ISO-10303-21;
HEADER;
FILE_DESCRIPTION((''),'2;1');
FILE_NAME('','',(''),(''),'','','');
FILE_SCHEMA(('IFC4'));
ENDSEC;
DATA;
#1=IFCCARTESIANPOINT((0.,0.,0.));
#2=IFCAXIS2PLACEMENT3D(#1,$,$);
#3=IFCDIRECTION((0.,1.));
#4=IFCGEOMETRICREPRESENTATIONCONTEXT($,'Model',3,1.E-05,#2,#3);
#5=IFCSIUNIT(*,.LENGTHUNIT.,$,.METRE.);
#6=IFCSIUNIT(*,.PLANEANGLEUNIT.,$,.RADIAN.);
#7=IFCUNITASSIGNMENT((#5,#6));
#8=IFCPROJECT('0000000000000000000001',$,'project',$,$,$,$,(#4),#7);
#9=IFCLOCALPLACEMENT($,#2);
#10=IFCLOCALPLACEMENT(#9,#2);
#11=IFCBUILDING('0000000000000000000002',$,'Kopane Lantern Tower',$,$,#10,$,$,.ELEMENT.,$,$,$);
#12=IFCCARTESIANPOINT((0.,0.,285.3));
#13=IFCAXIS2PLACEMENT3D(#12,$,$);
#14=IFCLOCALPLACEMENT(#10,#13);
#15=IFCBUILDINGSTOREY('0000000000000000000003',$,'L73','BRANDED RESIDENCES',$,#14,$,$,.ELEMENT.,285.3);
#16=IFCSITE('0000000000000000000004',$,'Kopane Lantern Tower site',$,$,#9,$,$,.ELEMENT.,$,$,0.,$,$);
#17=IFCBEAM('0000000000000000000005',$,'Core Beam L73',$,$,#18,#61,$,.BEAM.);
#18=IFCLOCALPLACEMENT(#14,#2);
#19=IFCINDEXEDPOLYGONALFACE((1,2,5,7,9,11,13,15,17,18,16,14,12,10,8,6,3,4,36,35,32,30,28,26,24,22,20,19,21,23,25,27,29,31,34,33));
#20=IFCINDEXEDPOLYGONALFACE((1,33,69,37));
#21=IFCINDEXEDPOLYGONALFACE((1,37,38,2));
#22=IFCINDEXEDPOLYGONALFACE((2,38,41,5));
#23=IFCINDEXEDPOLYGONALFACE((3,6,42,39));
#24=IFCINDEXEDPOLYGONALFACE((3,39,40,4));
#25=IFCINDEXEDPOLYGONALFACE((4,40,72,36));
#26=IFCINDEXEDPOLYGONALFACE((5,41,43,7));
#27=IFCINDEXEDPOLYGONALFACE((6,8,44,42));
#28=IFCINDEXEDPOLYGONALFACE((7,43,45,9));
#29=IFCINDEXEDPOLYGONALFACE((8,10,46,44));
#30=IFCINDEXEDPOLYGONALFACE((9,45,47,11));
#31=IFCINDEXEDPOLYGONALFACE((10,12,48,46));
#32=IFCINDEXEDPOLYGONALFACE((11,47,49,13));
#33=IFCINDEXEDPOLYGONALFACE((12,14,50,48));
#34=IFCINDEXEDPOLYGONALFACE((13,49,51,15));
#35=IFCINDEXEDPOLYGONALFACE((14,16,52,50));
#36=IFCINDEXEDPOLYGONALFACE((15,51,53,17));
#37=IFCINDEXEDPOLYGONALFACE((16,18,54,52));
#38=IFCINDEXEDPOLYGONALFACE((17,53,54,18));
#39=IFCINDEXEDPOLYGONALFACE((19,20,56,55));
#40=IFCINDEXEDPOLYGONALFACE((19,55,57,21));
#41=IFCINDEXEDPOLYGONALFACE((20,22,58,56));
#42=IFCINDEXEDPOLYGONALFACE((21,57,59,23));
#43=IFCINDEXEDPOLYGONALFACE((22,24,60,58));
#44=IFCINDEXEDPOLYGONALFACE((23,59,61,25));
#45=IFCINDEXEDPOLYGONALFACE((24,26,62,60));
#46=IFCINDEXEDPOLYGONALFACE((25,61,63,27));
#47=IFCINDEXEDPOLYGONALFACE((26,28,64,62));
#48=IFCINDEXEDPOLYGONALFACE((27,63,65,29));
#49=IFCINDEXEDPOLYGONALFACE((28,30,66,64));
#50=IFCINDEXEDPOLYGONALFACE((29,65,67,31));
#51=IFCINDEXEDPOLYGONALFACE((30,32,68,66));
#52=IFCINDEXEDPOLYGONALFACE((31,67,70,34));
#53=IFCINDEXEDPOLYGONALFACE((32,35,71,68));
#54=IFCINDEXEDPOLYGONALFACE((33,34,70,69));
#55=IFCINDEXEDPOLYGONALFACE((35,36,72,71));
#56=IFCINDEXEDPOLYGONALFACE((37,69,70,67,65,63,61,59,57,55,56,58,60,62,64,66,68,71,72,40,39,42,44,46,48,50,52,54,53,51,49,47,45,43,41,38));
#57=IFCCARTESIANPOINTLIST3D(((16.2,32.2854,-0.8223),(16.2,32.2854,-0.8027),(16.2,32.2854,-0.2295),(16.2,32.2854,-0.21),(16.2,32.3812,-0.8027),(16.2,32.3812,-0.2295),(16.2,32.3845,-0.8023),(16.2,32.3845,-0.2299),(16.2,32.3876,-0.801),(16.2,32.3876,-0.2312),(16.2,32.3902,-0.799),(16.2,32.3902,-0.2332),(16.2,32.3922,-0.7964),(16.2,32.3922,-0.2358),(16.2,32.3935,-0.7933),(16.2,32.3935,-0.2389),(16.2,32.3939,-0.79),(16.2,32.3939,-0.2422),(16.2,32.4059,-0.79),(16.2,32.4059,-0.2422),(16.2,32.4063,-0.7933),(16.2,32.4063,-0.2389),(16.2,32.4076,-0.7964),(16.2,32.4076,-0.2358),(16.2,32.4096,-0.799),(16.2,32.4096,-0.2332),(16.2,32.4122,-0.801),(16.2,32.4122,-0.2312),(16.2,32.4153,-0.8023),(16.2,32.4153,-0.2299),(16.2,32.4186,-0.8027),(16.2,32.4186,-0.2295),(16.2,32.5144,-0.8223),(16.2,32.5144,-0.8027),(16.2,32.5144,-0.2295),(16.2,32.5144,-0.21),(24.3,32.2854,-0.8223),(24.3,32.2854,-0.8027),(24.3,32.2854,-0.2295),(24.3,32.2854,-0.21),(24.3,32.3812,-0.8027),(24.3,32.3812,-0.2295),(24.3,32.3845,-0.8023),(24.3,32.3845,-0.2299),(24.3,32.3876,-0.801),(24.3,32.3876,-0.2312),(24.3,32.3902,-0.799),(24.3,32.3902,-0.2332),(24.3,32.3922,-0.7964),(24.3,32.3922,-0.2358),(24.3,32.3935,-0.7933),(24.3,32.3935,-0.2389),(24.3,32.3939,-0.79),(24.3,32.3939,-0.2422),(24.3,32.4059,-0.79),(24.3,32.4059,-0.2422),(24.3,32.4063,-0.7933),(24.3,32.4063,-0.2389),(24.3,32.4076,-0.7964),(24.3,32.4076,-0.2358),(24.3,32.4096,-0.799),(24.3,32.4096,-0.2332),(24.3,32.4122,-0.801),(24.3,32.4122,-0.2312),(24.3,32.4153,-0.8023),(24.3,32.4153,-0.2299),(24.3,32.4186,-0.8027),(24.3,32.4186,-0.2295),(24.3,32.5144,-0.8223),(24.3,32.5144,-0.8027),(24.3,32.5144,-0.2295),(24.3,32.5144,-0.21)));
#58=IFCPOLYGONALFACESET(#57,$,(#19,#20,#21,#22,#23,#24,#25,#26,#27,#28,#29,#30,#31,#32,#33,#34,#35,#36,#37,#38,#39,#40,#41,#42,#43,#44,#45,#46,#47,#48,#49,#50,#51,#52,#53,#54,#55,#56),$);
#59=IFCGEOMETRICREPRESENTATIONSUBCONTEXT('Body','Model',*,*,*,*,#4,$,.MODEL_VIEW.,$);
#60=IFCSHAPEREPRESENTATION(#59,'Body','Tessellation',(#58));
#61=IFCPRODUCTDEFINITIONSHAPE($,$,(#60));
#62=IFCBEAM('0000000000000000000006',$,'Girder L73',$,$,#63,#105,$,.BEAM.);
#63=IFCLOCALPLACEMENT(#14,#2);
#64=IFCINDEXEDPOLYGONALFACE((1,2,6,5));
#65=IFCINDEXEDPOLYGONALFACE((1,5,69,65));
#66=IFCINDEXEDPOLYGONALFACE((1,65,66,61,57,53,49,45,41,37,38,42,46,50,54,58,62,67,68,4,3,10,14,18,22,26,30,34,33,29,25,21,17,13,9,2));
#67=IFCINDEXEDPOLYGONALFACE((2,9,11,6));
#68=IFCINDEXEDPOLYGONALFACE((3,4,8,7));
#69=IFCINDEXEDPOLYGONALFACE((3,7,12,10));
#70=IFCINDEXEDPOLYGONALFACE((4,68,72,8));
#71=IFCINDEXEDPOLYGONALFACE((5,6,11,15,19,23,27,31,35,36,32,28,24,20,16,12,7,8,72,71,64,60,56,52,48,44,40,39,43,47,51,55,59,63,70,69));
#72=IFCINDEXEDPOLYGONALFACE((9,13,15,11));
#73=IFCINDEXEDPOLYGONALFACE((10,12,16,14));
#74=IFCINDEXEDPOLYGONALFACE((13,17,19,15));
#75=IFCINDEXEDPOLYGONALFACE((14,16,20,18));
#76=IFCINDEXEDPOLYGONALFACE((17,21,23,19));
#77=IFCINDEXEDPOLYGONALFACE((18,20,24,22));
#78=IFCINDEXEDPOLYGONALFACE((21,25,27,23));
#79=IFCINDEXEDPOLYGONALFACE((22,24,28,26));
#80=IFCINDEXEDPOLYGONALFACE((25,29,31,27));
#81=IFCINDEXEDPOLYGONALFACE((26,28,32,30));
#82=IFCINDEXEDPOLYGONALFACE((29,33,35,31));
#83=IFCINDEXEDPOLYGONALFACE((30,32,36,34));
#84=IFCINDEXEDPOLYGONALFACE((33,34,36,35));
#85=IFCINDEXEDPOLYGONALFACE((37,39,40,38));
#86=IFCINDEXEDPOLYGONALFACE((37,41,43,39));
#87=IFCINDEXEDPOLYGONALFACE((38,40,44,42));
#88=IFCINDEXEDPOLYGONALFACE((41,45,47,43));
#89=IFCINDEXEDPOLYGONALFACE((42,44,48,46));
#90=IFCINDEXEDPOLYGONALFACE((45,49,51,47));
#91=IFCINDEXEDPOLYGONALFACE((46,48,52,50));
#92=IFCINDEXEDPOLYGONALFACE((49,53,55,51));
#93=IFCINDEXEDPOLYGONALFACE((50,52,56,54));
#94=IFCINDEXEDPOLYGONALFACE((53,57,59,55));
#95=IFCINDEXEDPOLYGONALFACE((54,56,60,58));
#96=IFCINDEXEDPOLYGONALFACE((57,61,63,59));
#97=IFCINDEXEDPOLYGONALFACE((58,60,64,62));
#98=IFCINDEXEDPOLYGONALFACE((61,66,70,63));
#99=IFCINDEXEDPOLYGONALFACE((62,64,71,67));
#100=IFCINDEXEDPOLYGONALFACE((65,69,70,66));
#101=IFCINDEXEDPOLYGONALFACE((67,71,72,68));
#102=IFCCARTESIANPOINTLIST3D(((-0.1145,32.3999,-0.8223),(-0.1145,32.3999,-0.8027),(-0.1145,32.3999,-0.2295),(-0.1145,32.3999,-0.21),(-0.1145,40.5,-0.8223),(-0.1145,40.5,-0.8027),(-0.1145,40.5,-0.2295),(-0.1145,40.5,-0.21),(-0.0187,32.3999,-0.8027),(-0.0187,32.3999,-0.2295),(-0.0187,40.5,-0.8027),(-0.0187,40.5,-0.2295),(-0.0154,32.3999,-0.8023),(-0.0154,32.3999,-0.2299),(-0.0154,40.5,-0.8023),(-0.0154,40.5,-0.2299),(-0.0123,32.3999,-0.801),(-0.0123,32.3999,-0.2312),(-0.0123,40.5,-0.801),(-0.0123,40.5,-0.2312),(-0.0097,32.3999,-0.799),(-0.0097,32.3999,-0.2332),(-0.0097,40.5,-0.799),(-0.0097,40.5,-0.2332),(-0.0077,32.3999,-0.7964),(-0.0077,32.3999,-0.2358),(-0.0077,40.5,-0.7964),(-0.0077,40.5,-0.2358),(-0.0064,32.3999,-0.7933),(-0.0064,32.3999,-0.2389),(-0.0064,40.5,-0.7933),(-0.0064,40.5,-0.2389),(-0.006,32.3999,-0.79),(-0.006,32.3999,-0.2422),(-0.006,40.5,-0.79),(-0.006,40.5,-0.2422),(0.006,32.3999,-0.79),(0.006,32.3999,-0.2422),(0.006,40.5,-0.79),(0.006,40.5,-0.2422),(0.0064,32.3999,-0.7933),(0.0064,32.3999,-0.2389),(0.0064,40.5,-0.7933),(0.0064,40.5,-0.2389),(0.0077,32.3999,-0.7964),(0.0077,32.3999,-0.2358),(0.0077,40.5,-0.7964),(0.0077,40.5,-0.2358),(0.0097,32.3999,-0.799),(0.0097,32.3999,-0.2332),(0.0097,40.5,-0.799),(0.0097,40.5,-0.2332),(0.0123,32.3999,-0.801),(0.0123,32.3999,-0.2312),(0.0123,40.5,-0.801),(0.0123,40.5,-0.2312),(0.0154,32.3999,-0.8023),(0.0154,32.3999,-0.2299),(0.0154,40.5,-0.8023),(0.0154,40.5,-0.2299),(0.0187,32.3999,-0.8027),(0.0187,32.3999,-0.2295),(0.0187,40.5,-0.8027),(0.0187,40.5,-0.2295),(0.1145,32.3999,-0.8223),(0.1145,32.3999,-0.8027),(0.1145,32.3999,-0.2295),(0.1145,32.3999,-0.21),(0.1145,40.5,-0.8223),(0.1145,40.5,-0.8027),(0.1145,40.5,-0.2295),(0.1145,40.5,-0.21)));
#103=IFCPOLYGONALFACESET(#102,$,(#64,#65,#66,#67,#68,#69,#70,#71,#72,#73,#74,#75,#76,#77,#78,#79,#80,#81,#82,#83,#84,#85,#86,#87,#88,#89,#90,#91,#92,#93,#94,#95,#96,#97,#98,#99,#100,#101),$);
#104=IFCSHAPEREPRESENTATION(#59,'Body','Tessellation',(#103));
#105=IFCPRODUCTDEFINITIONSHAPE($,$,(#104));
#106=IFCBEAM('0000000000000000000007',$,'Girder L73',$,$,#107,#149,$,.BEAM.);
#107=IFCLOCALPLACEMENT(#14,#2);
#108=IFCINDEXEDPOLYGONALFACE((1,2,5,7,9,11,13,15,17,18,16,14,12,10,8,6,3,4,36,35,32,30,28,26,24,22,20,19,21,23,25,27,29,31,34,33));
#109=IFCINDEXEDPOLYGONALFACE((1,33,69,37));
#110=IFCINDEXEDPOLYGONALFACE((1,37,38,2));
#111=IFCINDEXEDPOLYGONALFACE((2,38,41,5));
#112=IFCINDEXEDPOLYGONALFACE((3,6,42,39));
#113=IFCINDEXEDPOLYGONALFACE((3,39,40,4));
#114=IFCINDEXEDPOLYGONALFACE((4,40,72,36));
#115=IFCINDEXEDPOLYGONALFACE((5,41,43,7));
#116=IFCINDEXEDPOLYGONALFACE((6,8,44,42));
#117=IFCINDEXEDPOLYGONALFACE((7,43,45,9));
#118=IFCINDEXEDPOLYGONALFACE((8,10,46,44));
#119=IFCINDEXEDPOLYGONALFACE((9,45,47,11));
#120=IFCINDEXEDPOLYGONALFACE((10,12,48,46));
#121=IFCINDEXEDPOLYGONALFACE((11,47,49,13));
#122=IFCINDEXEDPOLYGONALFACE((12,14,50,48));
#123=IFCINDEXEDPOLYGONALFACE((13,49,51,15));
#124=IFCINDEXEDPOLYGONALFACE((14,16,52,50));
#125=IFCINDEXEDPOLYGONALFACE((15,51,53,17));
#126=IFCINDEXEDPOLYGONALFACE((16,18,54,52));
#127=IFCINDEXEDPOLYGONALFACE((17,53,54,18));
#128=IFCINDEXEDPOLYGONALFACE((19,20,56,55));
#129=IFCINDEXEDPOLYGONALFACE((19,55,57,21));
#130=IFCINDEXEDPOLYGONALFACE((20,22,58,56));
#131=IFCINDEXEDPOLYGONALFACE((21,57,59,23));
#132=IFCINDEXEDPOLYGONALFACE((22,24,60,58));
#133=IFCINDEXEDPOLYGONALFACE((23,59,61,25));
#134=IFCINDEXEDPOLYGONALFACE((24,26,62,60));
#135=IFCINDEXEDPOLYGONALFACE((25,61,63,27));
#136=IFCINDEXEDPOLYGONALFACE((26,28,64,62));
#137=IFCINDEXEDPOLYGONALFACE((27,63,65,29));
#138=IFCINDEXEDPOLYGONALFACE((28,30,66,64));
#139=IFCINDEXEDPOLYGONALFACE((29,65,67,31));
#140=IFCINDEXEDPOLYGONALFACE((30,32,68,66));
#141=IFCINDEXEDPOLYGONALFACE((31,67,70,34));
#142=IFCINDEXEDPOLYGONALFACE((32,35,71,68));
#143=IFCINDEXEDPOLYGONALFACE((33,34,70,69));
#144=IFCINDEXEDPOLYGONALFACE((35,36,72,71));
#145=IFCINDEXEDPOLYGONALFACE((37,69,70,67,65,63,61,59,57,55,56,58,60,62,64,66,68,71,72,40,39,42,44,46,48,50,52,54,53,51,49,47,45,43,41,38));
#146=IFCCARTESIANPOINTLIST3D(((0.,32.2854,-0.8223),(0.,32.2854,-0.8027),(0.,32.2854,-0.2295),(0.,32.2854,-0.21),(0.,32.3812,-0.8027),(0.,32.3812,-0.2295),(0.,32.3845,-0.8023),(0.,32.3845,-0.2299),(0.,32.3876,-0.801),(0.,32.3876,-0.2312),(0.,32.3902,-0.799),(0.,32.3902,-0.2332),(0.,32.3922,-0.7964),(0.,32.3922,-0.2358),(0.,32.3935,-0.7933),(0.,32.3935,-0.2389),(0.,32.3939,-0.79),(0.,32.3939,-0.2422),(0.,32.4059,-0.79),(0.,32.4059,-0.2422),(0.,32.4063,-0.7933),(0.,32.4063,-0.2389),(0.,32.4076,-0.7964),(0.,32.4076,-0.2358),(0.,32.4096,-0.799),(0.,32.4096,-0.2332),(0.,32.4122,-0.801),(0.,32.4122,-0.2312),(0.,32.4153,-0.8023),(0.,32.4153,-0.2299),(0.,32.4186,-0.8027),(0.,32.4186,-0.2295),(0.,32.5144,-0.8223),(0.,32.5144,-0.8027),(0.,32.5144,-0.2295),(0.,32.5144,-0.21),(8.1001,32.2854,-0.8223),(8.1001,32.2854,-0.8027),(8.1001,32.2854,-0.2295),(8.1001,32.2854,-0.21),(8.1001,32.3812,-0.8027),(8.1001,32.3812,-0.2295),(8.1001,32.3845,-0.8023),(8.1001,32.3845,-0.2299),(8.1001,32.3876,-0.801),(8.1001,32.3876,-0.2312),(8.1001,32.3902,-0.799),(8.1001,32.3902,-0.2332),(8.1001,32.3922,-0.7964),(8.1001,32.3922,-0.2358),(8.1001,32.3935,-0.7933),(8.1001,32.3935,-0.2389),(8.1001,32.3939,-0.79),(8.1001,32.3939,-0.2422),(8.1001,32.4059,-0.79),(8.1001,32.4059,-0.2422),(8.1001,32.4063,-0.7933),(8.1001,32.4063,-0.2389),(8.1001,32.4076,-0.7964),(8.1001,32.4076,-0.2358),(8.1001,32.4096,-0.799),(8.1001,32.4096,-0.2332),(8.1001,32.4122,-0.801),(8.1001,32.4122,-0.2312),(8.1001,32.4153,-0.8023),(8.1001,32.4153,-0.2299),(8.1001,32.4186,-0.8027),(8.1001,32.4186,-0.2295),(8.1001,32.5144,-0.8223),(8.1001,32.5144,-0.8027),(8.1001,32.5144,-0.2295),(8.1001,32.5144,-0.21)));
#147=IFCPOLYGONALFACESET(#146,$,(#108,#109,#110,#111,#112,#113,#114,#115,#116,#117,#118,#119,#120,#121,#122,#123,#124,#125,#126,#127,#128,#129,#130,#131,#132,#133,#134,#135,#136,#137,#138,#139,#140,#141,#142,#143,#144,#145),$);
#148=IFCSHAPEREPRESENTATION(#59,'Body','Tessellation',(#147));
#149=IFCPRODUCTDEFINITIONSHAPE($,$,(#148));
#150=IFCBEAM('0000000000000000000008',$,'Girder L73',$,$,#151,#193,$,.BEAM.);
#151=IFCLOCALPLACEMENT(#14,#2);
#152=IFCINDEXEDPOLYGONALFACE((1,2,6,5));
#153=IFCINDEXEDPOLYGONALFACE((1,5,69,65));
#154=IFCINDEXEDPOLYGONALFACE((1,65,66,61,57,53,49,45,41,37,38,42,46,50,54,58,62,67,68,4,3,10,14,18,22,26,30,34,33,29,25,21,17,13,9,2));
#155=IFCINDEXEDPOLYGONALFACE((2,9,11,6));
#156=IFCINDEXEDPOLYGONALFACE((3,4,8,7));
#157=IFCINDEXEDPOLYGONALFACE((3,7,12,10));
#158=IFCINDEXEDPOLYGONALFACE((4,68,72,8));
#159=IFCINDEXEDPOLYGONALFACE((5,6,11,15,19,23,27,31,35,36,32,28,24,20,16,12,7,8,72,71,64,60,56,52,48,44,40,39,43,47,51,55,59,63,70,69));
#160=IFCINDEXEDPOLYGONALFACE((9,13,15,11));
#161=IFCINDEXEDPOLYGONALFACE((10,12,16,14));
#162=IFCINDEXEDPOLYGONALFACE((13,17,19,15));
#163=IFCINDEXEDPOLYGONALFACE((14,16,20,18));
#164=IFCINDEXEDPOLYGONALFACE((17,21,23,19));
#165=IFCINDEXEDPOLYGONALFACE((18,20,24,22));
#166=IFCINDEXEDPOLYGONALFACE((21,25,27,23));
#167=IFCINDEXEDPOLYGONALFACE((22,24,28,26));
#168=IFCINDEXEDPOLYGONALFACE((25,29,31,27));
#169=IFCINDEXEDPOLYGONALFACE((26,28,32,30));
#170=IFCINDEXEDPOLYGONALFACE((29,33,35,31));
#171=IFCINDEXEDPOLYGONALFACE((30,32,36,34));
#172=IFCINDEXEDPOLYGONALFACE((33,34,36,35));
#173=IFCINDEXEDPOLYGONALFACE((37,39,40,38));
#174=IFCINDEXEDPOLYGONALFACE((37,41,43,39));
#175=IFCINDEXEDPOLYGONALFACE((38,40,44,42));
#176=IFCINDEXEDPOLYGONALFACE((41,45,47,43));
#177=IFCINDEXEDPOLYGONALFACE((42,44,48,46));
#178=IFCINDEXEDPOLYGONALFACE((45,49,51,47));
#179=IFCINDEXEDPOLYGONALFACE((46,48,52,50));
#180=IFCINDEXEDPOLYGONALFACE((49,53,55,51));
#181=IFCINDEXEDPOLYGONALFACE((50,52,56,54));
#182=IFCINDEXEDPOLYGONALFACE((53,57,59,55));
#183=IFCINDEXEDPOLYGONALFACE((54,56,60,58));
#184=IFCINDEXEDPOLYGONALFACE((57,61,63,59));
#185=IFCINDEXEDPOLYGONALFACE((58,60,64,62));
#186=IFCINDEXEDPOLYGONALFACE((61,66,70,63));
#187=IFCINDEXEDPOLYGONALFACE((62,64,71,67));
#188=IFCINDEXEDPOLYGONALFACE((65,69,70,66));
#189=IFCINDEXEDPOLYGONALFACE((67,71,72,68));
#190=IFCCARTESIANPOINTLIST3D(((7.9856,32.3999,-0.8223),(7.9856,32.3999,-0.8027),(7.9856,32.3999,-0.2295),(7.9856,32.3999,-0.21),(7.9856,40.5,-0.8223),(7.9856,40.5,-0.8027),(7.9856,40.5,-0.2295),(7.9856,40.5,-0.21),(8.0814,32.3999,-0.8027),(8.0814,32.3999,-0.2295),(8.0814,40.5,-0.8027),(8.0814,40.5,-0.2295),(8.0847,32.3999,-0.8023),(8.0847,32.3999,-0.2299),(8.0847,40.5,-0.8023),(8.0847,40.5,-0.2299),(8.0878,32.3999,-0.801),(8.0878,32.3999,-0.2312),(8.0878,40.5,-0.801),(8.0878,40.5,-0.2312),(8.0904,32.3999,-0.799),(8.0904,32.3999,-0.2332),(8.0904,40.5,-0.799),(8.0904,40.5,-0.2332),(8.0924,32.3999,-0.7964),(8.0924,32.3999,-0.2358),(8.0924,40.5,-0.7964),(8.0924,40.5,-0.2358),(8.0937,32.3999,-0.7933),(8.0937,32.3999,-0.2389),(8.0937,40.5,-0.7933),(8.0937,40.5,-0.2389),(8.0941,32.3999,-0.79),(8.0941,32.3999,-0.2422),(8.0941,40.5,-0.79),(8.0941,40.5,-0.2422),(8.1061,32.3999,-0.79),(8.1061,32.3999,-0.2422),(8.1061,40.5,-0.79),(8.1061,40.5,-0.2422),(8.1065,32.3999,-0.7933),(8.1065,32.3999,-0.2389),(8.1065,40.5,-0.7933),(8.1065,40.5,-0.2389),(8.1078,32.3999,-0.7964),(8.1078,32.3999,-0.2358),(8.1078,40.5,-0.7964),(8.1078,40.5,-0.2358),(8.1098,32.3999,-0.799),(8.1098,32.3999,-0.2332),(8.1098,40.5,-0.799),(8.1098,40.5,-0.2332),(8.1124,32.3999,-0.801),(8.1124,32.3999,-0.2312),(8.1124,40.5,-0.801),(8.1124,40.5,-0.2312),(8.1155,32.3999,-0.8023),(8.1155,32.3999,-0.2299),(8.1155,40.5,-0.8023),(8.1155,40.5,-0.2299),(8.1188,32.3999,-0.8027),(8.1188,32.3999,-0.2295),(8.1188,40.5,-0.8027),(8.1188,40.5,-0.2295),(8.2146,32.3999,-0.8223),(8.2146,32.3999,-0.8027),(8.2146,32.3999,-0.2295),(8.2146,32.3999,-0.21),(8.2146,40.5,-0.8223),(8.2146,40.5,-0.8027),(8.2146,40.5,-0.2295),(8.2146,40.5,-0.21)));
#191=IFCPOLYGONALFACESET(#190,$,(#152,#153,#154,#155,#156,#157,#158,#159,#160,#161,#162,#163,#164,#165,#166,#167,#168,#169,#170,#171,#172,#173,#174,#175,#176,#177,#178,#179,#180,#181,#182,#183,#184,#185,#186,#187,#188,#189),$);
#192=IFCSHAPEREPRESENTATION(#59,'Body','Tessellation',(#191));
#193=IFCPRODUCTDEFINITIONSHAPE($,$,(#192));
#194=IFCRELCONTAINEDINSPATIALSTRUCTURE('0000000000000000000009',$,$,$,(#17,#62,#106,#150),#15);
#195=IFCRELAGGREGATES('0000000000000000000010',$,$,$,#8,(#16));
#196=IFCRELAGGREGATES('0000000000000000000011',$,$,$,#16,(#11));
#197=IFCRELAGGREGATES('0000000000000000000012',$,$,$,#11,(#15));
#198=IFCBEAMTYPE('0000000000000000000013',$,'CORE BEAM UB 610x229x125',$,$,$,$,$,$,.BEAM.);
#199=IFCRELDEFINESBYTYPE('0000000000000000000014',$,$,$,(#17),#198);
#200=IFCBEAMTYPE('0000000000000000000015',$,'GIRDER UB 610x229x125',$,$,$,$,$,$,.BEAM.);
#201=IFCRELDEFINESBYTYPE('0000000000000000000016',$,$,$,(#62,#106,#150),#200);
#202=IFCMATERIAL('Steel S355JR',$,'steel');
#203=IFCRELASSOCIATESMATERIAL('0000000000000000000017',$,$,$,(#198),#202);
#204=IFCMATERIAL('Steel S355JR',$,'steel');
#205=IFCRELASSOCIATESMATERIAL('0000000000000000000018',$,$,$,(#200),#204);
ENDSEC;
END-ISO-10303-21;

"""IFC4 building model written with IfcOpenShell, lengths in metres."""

from ifc_helpers import new_model, si_unit, direction, frame, origin, origin_2d, place, context, subcontext, project, spatial, i_section, extrude, material, material_profile, profile_set, type_object, element, save


model = new_model("IFC4")

# Units and contexts
model_context = context("Model", 3, precision=1e-05, world=origin(), true_north=direction((0.0, 1.0)))
body_context = subcontext(model_context, "Body", "Model", "MODEL_VIEW")
ifc_project = project(units=[si_unit("LENGTHUNIT", "METRE"), si_unit("PLANEANGLEUNIT", "RADIAN")], contexts=[model_context])

# Site, building, storey
site_placement = place(None, origin())
site = spatial("IfcSite", under=ifc_project, at=site_placement, Name="Kopane Lantern Tower site", CompositionType="ELEMENT", RefElevation=0.0)
building_placement = place(site_placement, origin())
building = spatial("IfcBuilding", under=site, at=building_placement, Name="Kopane Lantern Tower", CompositionType="ELEMENT")
storey_placement = place(building_placement, frame((0.0, 0.0, 285.3)))
storey = spatial("IfcBuildingStorey", under=building, at=storey_placement, Name="L73", Description="BRANDED RESIDENCES", CompositionType="ELEMENT", Elevation=285.3)

# Beams
ifc_material_1 = material(Name="Steel S355JR", Category="steel")
ifc_material_profile_1 = material_profile(ifc_material_1, i_section(OverallWidth=0.229, OverallDepth=0.6123, WebThickness=0.012, FlangeThickness=0.0195, FilletRadius=0.0127, at=origin_2d()), Name="UB 610x229x125")
ifc_profile_set_1 = profile_set([ifc_material_profile_1], Name="Steel S355JR")
beam_type_1 = type_object("IfcBeamType", Name="CORE BEAM UB 610x229x125", PredefinedType="BEAM", material=ifc_profile_set_1)
beam_1_placement = place(storey_placement, frame((16.2, 32.3999, -0.5161), z_axis=(1.0, 0.0, 0.0), x_axis=(0.0, 1.0, 0.0)))
element("IfcBeam", 1, at=beam_1_placement, inside=storey, type_object=beam_type_1, Name="Core Beam L73", PredefinedType="BEAM", context=body_context, shape_type="SweptSolid", body=[
    extrude(i_section(OverallWidth=0.229, OverallDepth=0.6123, WebThickness=0.012, FlangeThickness=0.0195, FilletRadius=0.0127, at=origin_2d()), origin(), (0.0, 0.0, 1.0), 8.1001),
])
ifc_material_2 = material(Name="Steel S355JR", Category="steel")
ifc_material_profile_2 = material_profile(ifc_material_2, i_section(OverallWidth=0.229, OverallDepth=0.6123, WebThickness=0.012, FlangeThickness=0.0195, FilletRadius=0.0127, at=origin_2d()), Name="UB 610x229x125")
ifc_profile_set_2 = profile_set([ifc_material_profile_2], Name="Steel S355JR")
beam_type_2 = type_object("IfcBeamType", Name="GIRDER UB 610x229x125", PredefinedType="BEAM", material=ifc_profile_set_2)
for number, where, z_axis, x_axis, name in (
    (2, (0.0, 32.3999, -0.5161), (0.0, 1.0, 0.0), (-1.0, 0.0, 0.0), "Girder L73"),
    (3, (0.0, 32.3999, -0.5161), (1.0, 0.0, 0.0), (0.0, 1.0, 0.0), "Girder L73"),
    (4, (8.1001, 32.3999, -0.5161), (0.0, 1.0, 0.0), (-1.0, 0.0, 0.0), "Girder L73"),
):
    element("IfcBeam", number, at=place(storey_placement, frame(where, z_axis=z_axis, x_axis=x_axis)), inside=storey, type_object=beam_type_2, Name=name, PredefinedType="BEAM", context=body_context, shape_type="SweptSolid", body=[
        extrude(i_section(OverallWidth=0.229, OverallDepth=0.6123, WebThickness=0.012, FlangeThickness=0.0195, FilletRadius=0.0127, at=origin_2d()), origin(), (0.0, 0.0, 1.0), 8.1001),
    ])

save(model, "model.ifc")
